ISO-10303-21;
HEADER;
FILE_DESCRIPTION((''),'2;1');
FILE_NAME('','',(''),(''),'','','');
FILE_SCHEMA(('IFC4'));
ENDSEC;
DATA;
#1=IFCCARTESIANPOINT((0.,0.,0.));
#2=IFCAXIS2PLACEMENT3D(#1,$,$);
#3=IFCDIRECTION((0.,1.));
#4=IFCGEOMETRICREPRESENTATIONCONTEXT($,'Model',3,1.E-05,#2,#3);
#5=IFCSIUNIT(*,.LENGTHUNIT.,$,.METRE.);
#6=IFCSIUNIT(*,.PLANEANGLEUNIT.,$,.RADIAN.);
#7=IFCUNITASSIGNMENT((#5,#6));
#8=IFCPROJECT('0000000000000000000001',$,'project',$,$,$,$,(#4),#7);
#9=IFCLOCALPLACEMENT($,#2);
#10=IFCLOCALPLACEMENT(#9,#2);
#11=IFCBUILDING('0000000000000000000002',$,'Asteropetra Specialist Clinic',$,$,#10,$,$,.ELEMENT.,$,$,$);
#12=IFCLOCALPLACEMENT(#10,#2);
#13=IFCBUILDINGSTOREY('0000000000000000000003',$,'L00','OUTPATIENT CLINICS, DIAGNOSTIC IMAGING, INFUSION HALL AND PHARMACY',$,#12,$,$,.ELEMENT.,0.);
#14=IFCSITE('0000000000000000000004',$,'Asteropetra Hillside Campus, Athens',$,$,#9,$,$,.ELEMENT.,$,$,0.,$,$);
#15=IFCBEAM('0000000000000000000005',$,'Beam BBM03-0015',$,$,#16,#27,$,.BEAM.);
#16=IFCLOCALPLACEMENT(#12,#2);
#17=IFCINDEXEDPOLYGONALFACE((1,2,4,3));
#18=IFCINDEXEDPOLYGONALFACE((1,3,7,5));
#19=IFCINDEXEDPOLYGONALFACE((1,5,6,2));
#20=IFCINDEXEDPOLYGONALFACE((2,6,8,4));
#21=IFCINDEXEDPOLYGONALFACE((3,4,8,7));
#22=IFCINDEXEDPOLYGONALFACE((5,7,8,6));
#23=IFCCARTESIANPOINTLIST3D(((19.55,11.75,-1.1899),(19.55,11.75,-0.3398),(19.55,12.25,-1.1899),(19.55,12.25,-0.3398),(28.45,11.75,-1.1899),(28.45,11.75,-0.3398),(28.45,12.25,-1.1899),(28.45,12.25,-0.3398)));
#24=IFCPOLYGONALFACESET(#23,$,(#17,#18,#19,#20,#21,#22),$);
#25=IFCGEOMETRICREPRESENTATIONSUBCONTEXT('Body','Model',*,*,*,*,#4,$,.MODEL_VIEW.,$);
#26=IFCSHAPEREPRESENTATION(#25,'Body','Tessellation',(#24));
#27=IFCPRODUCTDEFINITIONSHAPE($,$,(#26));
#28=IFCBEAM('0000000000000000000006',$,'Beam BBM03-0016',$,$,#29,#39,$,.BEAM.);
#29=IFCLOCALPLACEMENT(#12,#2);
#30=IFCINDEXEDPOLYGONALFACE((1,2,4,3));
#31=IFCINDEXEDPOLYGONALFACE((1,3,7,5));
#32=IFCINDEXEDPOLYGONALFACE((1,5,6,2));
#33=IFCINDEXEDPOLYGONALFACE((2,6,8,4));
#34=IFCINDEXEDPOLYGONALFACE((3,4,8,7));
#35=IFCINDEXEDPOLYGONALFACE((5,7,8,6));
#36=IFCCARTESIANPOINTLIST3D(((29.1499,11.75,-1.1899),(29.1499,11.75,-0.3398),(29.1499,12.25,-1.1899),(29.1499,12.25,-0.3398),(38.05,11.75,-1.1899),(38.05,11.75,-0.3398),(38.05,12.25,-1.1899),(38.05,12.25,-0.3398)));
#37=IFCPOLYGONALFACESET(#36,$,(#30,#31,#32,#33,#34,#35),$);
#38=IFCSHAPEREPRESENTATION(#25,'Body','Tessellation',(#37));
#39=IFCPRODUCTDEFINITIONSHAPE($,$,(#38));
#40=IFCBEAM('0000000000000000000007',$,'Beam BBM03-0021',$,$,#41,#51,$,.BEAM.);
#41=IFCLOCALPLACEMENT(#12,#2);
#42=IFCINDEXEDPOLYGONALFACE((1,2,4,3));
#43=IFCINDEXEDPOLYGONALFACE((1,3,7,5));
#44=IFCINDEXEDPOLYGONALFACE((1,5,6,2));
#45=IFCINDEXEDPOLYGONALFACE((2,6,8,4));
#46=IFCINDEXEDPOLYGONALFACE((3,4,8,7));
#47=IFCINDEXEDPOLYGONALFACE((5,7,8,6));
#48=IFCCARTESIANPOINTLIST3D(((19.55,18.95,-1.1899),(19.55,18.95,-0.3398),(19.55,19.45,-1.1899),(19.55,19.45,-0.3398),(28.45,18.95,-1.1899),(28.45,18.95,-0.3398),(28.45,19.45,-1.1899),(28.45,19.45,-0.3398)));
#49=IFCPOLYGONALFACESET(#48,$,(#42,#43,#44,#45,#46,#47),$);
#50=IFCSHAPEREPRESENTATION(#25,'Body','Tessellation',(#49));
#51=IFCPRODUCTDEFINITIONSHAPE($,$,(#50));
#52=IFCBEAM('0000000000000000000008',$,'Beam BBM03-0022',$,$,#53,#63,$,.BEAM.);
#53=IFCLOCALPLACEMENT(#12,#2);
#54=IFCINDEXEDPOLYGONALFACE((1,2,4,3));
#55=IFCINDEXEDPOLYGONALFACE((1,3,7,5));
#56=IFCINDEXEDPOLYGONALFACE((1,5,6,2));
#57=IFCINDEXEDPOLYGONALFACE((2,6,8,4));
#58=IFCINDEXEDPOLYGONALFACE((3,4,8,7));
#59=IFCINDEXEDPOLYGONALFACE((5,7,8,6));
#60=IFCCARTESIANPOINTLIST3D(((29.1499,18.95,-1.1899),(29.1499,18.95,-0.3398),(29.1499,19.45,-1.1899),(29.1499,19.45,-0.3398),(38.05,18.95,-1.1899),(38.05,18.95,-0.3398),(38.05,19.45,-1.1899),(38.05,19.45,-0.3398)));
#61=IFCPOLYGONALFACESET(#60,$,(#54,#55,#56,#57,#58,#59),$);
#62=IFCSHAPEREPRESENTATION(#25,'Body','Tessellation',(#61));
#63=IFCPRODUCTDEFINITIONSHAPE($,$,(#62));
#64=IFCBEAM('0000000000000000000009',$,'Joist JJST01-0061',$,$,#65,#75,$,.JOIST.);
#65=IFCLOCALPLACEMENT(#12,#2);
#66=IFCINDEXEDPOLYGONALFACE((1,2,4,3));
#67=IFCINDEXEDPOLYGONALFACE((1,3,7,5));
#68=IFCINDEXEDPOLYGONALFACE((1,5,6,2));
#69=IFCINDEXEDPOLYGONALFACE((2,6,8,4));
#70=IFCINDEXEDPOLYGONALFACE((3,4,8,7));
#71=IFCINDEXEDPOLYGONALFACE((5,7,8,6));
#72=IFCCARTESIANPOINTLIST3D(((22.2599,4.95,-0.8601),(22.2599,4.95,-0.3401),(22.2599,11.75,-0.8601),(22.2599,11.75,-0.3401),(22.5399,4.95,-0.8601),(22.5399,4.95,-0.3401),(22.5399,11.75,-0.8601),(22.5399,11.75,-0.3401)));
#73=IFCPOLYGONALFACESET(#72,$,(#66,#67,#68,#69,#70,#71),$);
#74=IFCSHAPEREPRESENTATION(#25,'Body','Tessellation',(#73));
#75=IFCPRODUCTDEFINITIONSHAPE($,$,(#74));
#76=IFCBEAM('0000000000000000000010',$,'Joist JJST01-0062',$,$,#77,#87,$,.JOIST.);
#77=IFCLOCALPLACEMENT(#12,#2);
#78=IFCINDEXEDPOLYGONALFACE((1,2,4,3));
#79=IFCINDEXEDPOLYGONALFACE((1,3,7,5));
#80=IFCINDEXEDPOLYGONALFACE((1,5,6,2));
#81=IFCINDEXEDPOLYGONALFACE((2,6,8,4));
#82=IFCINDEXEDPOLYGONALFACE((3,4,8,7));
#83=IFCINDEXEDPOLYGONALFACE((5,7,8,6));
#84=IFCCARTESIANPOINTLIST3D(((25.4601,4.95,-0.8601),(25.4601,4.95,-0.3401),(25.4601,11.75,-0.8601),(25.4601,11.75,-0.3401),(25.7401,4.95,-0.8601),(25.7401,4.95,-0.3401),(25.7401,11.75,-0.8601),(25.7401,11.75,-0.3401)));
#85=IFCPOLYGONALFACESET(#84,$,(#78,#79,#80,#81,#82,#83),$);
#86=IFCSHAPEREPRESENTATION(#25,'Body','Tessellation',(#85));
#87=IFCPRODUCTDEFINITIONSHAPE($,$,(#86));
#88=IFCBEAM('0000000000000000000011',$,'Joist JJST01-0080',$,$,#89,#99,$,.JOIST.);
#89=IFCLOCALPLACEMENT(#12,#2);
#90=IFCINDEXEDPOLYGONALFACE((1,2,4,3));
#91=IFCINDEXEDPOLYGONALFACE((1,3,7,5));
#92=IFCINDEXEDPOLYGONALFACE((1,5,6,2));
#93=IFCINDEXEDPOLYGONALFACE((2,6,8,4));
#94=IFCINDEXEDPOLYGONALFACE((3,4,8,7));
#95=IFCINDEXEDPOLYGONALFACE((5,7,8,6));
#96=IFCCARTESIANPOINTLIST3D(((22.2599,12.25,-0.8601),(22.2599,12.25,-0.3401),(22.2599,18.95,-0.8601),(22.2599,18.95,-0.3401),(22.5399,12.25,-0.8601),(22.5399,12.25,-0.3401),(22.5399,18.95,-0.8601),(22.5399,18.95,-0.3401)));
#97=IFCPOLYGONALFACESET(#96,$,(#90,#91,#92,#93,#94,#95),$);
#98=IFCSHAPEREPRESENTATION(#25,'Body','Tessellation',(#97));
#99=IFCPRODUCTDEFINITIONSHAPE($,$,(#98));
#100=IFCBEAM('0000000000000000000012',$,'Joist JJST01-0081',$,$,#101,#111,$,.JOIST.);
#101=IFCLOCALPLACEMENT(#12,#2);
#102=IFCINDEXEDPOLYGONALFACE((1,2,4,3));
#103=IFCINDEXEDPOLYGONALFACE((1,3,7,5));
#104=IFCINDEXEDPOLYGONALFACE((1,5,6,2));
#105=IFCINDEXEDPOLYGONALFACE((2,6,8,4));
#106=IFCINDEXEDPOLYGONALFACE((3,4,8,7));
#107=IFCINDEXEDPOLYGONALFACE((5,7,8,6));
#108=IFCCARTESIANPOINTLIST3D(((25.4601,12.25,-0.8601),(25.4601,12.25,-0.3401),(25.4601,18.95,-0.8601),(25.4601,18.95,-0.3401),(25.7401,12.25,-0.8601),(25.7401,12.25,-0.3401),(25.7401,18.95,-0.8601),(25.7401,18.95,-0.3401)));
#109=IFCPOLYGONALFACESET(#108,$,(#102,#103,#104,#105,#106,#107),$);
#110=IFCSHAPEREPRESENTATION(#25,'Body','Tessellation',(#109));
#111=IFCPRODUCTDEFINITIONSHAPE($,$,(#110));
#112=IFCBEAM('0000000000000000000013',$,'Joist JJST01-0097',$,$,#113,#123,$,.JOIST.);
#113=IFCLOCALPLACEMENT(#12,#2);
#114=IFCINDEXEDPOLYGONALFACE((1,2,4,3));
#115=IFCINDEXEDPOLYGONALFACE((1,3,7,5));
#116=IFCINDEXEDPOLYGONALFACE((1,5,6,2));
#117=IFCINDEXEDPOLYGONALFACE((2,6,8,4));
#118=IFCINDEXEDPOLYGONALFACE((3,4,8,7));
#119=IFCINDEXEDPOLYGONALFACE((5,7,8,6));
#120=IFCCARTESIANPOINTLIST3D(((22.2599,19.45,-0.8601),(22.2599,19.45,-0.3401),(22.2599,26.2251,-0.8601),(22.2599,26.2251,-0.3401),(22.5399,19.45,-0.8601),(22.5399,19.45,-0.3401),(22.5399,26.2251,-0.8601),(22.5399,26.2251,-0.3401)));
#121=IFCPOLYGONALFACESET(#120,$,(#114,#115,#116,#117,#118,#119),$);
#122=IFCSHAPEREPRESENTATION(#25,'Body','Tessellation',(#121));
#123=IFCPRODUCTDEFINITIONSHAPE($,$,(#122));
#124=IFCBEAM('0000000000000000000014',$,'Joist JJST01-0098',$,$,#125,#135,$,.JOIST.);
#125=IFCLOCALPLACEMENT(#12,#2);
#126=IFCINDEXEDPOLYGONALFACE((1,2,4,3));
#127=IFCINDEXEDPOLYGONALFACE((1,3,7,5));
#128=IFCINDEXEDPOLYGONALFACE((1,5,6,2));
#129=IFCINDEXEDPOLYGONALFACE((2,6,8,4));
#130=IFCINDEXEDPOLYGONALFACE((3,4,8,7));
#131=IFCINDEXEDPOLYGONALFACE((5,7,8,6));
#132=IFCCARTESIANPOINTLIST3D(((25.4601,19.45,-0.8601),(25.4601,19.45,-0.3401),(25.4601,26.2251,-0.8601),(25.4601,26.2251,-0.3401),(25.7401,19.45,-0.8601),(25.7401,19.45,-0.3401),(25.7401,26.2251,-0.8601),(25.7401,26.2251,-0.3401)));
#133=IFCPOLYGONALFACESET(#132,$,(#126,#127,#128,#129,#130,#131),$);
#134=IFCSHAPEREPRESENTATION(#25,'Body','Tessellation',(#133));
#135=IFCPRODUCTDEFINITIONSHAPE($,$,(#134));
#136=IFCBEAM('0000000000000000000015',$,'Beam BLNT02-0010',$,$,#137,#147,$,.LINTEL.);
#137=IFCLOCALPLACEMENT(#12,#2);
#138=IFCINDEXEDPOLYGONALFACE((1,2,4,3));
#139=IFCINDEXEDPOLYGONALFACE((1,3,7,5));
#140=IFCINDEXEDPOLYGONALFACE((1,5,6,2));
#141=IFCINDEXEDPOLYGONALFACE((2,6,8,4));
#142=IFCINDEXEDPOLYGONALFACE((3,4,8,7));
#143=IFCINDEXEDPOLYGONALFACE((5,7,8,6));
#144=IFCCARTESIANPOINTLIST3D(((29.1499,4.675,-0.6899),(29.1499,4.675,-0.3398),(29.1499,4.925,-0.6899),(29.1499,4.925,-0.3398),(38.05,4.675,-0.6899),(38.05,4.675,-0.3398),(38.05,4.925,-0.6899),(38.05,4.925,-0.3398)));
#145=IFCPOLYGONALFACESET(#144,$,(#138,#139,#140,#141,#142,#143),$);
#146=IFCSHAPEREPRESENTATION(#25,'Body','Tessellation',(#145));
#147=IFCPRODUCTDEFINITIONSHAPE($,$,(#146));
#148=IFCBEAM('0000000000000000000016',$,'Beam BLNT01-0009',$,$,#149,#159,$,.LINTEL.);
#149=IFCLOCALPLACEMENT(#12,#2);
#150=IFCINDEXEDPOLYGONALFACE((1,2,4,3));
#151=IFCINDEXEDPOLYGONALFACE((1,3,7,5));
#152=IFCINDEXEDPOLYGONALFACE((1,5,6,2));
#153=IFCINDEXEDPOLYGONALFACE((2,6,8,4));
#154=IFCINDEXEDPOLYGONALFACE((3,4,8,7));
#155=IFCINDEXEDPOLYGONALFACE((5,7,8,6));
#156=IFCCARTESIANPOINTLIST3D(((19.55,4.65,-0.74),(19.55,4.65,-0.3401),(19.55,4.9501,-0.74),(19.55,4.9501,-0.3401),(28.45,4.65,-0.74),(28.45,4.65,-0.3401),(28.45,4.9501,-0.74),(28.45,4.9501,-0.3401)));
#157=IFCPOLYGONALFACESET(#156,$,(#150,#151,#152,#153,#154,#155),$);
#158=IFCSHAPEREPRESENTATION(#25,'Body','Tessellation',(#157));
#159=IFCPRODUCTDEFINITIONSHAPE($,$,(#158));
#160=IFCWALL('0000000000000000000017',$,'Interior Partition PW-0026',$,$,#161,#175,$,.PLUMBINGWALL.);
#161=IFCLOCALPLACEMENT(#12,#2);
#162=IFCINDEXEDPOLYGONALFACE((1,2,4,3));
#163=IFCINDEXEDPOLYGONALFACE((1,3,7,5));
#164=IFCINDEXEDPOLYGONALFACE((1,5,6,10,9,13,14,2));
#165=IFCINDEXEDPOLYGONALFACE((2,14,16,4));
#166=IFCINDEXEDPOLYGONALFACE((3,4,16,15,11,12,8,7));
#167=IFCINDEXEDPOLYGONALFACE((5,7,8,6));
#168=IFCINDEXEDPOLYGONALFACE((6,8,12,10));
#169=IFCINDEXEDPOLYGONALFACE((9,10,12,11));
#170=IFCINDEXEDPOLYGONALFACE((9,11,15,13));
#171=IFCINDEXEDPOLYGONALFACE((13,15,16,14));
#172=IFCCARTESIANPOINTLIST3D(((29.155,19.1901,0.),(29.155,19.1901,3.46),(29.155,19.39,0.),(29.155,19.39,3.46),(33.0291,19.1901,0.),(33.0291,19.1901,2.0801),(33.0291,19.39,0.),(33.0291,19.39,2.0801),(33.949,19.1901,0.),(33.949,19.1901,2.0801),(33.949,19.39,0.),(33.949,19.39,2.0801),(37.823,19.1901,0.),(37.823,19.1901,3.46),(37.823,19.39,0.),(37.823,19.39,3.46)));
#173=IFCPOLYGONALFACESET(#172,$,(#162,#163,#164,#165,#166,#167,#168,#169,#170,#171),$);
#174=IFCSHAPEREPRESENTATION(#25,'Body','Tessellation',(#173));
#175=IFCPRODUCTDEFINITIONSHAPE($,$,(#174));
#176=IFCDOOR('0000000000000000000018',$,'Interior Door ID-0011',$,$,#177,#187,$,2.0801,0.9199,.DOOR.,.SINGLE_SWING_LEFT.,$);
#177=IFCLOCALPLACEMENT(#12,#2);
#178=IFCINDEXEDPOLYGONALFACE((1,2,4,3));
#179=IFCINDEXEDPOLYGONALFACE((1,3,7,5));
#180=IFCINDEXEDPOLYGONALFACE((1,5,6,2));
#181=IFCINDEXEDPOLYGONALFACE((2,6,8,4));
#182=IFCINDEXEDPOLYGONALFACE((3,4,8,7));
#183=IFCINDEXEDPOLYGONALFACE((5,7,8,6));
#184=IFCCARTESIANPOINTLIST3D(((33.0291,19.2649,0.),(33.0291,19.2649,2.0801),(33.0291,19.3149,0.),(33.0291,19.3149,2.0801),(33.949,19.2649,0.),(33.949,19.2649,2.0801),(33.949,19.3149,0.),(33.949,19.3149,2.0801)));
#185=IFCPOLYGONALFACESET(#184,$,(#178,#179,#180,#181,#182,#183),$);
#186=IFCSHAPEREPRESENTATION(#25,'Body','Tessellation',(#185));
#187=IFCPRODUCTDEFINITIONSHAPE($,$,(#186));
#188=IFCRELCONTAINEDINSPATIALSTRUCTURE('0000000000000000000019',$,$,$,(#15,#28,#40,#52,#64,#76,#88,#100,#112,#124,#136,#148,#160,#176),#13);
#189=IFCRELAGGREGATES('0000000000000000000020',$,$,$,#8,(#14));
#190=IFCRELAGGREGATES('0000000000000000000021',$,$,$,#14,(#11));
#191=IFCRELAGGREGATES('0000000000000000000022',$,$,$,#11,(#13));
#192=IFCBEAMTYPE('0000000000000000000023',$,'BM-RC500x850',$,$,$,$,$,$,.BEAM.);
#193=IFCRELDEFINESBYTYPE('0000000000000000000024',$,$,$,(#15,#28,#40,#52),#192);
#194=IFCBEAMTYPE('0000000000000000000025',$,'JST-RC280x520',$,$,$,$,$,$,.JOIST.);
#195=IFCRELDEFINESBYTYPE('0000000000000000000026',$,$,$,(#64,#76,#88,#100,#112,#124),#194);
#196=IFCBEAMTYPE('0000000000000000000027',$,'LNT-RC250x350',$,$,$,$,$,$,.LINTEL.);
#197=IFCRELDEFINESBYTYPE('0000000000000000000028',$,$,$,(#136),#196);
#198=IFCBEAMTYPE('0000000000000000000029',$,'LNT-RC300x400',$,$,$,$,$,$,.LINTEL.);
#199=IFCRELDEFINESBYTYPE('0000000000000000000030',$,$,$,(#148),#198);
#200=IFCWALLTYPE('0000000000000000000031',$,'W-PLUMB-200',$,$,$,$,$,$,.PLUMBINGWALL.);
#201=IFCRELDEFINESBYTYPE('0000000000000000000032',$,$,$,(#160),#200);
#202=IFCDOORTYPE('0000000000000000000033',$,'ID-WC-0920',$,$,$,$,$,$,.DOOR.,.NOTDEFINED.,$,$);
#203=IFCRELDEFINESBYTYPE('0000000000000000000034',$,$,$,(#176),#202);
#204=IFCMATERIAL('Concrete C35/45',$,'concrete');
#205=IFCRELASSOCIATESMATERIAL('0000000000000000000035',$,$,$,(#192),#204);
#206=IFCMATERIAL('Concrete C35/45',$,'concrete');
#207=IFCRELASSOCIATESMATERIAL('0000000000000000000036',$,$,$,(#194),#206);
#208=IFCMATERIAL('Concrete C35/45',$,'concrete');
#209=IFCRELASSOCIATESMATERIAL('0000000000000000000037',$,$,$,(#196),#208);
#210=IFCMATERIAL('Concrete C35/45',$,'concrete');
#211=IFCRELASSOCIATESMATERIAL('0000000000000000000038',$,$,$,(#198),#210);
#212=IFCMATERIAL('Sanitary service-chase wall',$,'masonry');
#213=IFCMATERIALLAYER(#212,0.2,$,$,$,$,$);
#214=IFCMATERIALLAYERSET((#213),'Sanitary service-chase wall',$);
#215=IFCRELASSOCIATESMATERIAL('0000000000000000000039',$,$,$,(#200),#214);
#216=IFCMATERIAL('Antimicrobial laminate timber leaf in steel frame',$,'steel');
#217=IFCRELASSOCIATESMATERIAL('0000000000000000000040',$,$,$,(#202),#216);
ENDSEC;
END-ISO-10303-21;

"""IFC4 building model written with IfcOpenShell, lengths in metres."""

from ifc_helpers import new_model, si_unit, direction, frame, frame_2d, origin, origin_2d, place, context, subcontext, project, spatial, rectangle, extrude, material, layer, layer_set, material_profile, profile_set, type_object, element, fill, save


model = new_model("IFC4")

# Units and contexts
model_context = context("Model", 3, precision=1e-05, world=origin(), true_north=direction((0.0, 1.0)))
body_context = subcontext(model_context, "Body", "Model", "MODEL_VIEW")
ifc_project = project(units=[si_unit("LENGTHUNIT", "METRE"), si_unit("PLANEANGLEUNIT", "RADIAN")], contexts=[model_context])

# Site, building, storey
site_placement = place(None, origin())
site = spatial("IfcSite", under=ifc_project, at=site_placement, Name="Asteropetra Hillside Campus, Athens", CompositionType="ELEMENT", RefElevation=0.0)
building_placement = place(site_placement, origin())
building = spatial("IfcBuilding", under=site, at=building_placement, Name="Asteropetra Specialist Clinic", CompositionType="ELEMENT")
storey_placement = place(building_placement, origin())
storey = spatial("IfcBuildingStorey", under=building, at=storey_placement, Name="L00", Description="OUTPATIENT CLINICS, DIAGNOSTIC IMAGING, INFUSION HALL AND PHARMACY", CompositionType="ELEMENT", Elevation=0.0)

# Beams
ifc_material_1 = material(Name="Concrete C35/45", Category="concrete")
ifc_material_profile_1 = material_profile(ifc_material_1, rectangle(XDim=0.5, YDim=0.8501, at=origin_2d()), Name="RCB 500x850")
ifc_profile_set_1 = profile_set([ifc_material_profile_1], Name="Concrete C35/45")
beam_type_1 = type_object("IfcBeamType", Name="BM-RC500x850", PredefinedType="BEAM", material=ifc_profile_set_1)
beam_1_placement = place(storey_placement, frame((19.55, 12.0, -0.7649), z_axis=(1.0, 0.0, 0.0), x_axis=(0.0, 1.0, 0.0)))
element("IfcBeam", 1, at=beam_1_placement, inside=storey, type_object=beam_type_1, Name="Beam BBM03-0015", PredefinedType="BEAM", context=body_context, shape_type="SweptSolid", body=[
    extrude(rectangle(XDim=0.5, YDim=0.8501, at=origin_2d()), origin(), (0.0, 0.0, 1.0), 8.8999),
])
beam_2_placement = place(storey_placement, frame((29.1499, 12.0, -0.7649), z_axis=(1.0, 0.0, 0.0), x_axis=(0.0, 1.0, 0.0)))
element("IfcBeam", 2, at=beam_2_placement, inside=storey, type_object=beam_type_1, Name="Beam BBM03-0016", PredefinedType="BEAM", context=body_context, shape_type="SweptSolid", body=[
    extrude(rectangle(XDim=0.5, YDim=0.8501, at=origin_2d()), origin(), (0.0, 0.0, 1.0), 8.9001),
])
beam_3_placement = place(storey_placement, frame((19.55, 19.2, -0.7649), z_axis=(1.0, 0.0, 0.0), x_axis=(0.0, 1.0, 0.0)))
element("IfcBeam", 3, at=beam_3_placement, inside=storey, type_object=beam_type_1, Name="Beam BBM03-0021", PredefinedType="BEAM", context=body_context, shape_type="SweptSolid", body=[
    extrude(rectangle(XDim=0.5, YDim=0.8501, at=origin_2d()), origin(), (0.0, 0.0, 1.0), 8.8999),
])
beam_4_placement = place(storey_placement, frame((29.1499, 19.2, -0.7649), z_axis=(1.0, 0.0, 0.0), x_axis=(0.0, 1.0, 0.0)))
element("IfcBeam", 4, at=beam_4_placement, inside=storey, type_object=beam_type_1, Name="Beam BBM03-0022", PredefinedType="BEAM", context=body_context, shape_type="SweptSolid", body=[
    extrude(rectangle(XDim=0.5, YDim=0.8501, at=origin_2d()), origin(), (0.0, 0.0, 1.0), 8.9001),
])
ifc_material_2 = material(Name="Concrete C35/45", Category="concrete")
ifc_material_profile_2 = material_profile(ifc_material_2, rectangle(XDim=0.28, YDim=0.52, at=origin_2d()), Name="RCJ 280x520")
ifc_profile_set_2 = profile_set([ifc_material_profile_2], Name="Concrete C35/45")
beam_type_2 = type_object("IfcBeamType", Name="JST-RC280x520", PredefinedType="JOIST", material=ifc_profile_set_2)
for number, where, z_axis, x_axis, name in (
    (5, (22.3999, 4.95, -0.6001), (0.0, 1.0, 0.0), (-1.0, 0.0, 0.0), "Joist JJST01-0061"),
    (6, (25.6001, 4.95, -0.6001), (0.0, 1.0, 0.0), (-1.0, 0.0, 0.0), "Joist JJST01-0062"),
):
    element("IfcBeam", number, at=place(storey_placement, frame(where, z_axis=z_axis, x_axis=x_axis)), inside=storey, type_object=beam_type_2, Name=name, PredefinedType="JOIST", context=body_context, shape_type="SweptSolid", body=[
        extrude(rectangle(XDim=0.28, YDim=0.52, at=origin_2d()), origin(), (0.0, 0.0, 1.0), 6.8),
    ])
for number, where, z_axis, x_axis, name in (
    (7, (22.3999, 12.25, -0.6001), (0.0, 1.0, 0.0), (-1.0, 0.0, 0.0), "Joist JJST01-0080"),
    (8, (25.6001, 12.25, -0.6001), (0.0, 1.0, 0.0), (-1.0, 0.0, 0.0), "Joist JJST01-0081"),
):
    element("IfcBeam", number, at=place(storey_placement, frame(where, z_axis=z_axis, x_axis=x_axis)), inside=storey, type_object=beam_type_2, Name=name, PredefinedType="JOIST", context=body_context, shape_type="SweptSolid", body=[
        extrude(rectangle(XDim=0.28, YDim=0.52, at=origin_2d()), origin(), (0.0, 0.0, 1.0), 6.7),
    ])
for number, where, z_axis, x_axis, name in (
    (9, (22.3999, 19.45, -0.6001), (0.0, 1.0, 0.0), (-1.0, 0.0, 0.0), "Joist JJST01-0097"),
    (10, (25.6001, 19.45, -0.6001), (0.0, 1.0, 0.0), (-1.0, 0.0, 0.0), "Joist JJST01-0098"),
):
    element("IfcBeam", number, at=place(storey_placement, frame(where, z_axis=z_axis, x_axis=x_axis)), inside=storey, type_object=beam_type_2, Name=name, PredefinedType="JOIST", context=body_context, shape_type="SweptSolid", body=[
        extrude(rectangle(XDim=0.28, YDim=0.52, at=origin_2d()), origin(), (0.0, 0.0, 1.0), 6.7751),
    ])
ifc_material_3 = material(Name="Concrete C35/45", Category="concrete")
ifc_material_profile_3 = material_profile(ifc_material_3, rectangle(XDim=0.25, YDim=0.3501, at=origin_2d()), Name="RCL 250x350")
ifc_profile_set_3 = profile_set([ifc_material_profile_3], Name="Concrete C35/45")
beam_type_3 = type_object("IfcBeamType", Name="LNT-RC250x350", PredefinedType="LINTEL", material=ifc_profile_set_3)
beam_5_placement = place(storey_placement, frame((29.1499, 4.8, -0.5149), z_axis=(1.0, 0.0, 0.0), x_axis=(0.0, 1.0, 0.0)))
element("IfcBeam", 11, at=beam_5_placement, inside=storey, type_object=beam_type_3, Name="Beam BLNT02-0010", PredefinedType="LINTEL", context=body_context, shape_type="SweptSolid", body=[
    extrude(rectangle(XDim=0.25, YDim=0.3501, at=origin_2d()), origin(), (0.0, 0.0, 1.0), 8.9001),
])
ifc_material_4 = material(Name="Concrete C35/45", Category="concrete")
ifc_material_profile_4 = material_profile(ifc_material_4, rectangle(XDim=0.3, YDim=0.3999, at=origin_2d()), Name="RCL 300x400")
ifc_profile_set_4 = profile_set([ifc_material_profile_4], Name="Concrete C35/45")
beam_type_4 = type_object("IfcBeamType", Name="LNT-RC300x400", PredefinedType="LINTEL", material=ifc_profile_set_4)
beam_6_placement = place(storey_placement, frame((19.55, 4.8, -0.54), z_axis=(1.0, 0.0, 0.0), x_axis=(0.0, 1.0, 0.0)))
element("IfcBeam", 12, at=beam_6_placement, inside=storey, type_object=beam_type_4, Name="Beam BLNT01-0009", PredefinedType="LINTEL", context=body_context, shape_type="SweptSolid", body=[
    extrude(rectangle(XDim=0.3, YDim=0.3999, at=origin_2d()), origin(), (0.0, 0.0, 1.0), 8.8999),
])

# Wall, opening, door
ifc_material_5 = material(Name="Sanitary service-chase wall", Category="masonry")
ifc_layer = layer(ifc_material_5, 0.2)
ifc_layer_set = layer_set([ifc_layer], Name="Sanitary service-chase wall")
wall_type = type_object("IfcWallType", Name="W-PLUMB-200", PredefinedType="PLUMBINGWALL", material=ifc_layer_set)
wall_placement = place(storey_placement, frame((29.155, 19.29, 0.0), z_axis=(0.0, 0.0, 1.0), x_axis=(1.0, 0.0, 0.0)))
wall = element("IfcWall", 13, at=wall_placement, inside=storey, type_object=wall_type, Name="Interior Partition PW-0026", PredefinedType="PLUMBINGWALL", context=body_context, shape_type="SweptSolid", body=[
    extrude(rectangle(XDim=8.668, YDim=0.2, at=frame_2d((4.334, 0.0))), origin(), (0.0, 0.0, 1.0), 3.46),
])
opening_placement = place(wall_placement, frame((3.874, 0.0, 0.0)))
opening = element("IfcOpeningElement", 14, at=opening_placement, cuts=wall, PredefinedType="OPENING", context=body_context, shape_type="SweptSolid", body=[
    extrude(rectangle(XDim=0.9199, YDim=2.0801, at=frame_2d((0.46, 1.04))), frame((0.0, 0.1099, 0.0), z_axis=(0.0, -1.0, 0.0), x_axis=(1.0, 0.0, 0.0)), (0.0, 0.0, 1.0), 0.22),
])
ifc_material_6 = material(Name="Antimicrobial laminate timber leaf in steel frame", Category="steel")
door_type = type_object("IfcDoorType", Name="ID-WC-0920", OperationType="NOTDEFINED", PredefinedType="DOOR", material=ifc_material_6)
door_placement = place(opening_placement, origin())
door = element("IfcDoor", 15, at=door_placement, inside=storey, type_object=door_type, Name="Interior Door ID-0011", OperationType="SINGLE_SWING_LEFT", OverallHeight=2.0801, OverallWidth=0.9199, PredefinedType="DOOR", context=body_context, shape_type="SweptSolid", body=[
    extrude(rectangle(XDim=0.9199, YDim=2.0801, at=frame_2d((0.46, 1.04))), frame((0.0, 0.0249, 0.0), z_axis=(0.0, -1.0, 0.0), x_axis=(1.0, 0.0, 0.0)), (0.0, 0.0, 1.0), 0.05),
])
fill(opening, door)

save(model, "model.ifc")
